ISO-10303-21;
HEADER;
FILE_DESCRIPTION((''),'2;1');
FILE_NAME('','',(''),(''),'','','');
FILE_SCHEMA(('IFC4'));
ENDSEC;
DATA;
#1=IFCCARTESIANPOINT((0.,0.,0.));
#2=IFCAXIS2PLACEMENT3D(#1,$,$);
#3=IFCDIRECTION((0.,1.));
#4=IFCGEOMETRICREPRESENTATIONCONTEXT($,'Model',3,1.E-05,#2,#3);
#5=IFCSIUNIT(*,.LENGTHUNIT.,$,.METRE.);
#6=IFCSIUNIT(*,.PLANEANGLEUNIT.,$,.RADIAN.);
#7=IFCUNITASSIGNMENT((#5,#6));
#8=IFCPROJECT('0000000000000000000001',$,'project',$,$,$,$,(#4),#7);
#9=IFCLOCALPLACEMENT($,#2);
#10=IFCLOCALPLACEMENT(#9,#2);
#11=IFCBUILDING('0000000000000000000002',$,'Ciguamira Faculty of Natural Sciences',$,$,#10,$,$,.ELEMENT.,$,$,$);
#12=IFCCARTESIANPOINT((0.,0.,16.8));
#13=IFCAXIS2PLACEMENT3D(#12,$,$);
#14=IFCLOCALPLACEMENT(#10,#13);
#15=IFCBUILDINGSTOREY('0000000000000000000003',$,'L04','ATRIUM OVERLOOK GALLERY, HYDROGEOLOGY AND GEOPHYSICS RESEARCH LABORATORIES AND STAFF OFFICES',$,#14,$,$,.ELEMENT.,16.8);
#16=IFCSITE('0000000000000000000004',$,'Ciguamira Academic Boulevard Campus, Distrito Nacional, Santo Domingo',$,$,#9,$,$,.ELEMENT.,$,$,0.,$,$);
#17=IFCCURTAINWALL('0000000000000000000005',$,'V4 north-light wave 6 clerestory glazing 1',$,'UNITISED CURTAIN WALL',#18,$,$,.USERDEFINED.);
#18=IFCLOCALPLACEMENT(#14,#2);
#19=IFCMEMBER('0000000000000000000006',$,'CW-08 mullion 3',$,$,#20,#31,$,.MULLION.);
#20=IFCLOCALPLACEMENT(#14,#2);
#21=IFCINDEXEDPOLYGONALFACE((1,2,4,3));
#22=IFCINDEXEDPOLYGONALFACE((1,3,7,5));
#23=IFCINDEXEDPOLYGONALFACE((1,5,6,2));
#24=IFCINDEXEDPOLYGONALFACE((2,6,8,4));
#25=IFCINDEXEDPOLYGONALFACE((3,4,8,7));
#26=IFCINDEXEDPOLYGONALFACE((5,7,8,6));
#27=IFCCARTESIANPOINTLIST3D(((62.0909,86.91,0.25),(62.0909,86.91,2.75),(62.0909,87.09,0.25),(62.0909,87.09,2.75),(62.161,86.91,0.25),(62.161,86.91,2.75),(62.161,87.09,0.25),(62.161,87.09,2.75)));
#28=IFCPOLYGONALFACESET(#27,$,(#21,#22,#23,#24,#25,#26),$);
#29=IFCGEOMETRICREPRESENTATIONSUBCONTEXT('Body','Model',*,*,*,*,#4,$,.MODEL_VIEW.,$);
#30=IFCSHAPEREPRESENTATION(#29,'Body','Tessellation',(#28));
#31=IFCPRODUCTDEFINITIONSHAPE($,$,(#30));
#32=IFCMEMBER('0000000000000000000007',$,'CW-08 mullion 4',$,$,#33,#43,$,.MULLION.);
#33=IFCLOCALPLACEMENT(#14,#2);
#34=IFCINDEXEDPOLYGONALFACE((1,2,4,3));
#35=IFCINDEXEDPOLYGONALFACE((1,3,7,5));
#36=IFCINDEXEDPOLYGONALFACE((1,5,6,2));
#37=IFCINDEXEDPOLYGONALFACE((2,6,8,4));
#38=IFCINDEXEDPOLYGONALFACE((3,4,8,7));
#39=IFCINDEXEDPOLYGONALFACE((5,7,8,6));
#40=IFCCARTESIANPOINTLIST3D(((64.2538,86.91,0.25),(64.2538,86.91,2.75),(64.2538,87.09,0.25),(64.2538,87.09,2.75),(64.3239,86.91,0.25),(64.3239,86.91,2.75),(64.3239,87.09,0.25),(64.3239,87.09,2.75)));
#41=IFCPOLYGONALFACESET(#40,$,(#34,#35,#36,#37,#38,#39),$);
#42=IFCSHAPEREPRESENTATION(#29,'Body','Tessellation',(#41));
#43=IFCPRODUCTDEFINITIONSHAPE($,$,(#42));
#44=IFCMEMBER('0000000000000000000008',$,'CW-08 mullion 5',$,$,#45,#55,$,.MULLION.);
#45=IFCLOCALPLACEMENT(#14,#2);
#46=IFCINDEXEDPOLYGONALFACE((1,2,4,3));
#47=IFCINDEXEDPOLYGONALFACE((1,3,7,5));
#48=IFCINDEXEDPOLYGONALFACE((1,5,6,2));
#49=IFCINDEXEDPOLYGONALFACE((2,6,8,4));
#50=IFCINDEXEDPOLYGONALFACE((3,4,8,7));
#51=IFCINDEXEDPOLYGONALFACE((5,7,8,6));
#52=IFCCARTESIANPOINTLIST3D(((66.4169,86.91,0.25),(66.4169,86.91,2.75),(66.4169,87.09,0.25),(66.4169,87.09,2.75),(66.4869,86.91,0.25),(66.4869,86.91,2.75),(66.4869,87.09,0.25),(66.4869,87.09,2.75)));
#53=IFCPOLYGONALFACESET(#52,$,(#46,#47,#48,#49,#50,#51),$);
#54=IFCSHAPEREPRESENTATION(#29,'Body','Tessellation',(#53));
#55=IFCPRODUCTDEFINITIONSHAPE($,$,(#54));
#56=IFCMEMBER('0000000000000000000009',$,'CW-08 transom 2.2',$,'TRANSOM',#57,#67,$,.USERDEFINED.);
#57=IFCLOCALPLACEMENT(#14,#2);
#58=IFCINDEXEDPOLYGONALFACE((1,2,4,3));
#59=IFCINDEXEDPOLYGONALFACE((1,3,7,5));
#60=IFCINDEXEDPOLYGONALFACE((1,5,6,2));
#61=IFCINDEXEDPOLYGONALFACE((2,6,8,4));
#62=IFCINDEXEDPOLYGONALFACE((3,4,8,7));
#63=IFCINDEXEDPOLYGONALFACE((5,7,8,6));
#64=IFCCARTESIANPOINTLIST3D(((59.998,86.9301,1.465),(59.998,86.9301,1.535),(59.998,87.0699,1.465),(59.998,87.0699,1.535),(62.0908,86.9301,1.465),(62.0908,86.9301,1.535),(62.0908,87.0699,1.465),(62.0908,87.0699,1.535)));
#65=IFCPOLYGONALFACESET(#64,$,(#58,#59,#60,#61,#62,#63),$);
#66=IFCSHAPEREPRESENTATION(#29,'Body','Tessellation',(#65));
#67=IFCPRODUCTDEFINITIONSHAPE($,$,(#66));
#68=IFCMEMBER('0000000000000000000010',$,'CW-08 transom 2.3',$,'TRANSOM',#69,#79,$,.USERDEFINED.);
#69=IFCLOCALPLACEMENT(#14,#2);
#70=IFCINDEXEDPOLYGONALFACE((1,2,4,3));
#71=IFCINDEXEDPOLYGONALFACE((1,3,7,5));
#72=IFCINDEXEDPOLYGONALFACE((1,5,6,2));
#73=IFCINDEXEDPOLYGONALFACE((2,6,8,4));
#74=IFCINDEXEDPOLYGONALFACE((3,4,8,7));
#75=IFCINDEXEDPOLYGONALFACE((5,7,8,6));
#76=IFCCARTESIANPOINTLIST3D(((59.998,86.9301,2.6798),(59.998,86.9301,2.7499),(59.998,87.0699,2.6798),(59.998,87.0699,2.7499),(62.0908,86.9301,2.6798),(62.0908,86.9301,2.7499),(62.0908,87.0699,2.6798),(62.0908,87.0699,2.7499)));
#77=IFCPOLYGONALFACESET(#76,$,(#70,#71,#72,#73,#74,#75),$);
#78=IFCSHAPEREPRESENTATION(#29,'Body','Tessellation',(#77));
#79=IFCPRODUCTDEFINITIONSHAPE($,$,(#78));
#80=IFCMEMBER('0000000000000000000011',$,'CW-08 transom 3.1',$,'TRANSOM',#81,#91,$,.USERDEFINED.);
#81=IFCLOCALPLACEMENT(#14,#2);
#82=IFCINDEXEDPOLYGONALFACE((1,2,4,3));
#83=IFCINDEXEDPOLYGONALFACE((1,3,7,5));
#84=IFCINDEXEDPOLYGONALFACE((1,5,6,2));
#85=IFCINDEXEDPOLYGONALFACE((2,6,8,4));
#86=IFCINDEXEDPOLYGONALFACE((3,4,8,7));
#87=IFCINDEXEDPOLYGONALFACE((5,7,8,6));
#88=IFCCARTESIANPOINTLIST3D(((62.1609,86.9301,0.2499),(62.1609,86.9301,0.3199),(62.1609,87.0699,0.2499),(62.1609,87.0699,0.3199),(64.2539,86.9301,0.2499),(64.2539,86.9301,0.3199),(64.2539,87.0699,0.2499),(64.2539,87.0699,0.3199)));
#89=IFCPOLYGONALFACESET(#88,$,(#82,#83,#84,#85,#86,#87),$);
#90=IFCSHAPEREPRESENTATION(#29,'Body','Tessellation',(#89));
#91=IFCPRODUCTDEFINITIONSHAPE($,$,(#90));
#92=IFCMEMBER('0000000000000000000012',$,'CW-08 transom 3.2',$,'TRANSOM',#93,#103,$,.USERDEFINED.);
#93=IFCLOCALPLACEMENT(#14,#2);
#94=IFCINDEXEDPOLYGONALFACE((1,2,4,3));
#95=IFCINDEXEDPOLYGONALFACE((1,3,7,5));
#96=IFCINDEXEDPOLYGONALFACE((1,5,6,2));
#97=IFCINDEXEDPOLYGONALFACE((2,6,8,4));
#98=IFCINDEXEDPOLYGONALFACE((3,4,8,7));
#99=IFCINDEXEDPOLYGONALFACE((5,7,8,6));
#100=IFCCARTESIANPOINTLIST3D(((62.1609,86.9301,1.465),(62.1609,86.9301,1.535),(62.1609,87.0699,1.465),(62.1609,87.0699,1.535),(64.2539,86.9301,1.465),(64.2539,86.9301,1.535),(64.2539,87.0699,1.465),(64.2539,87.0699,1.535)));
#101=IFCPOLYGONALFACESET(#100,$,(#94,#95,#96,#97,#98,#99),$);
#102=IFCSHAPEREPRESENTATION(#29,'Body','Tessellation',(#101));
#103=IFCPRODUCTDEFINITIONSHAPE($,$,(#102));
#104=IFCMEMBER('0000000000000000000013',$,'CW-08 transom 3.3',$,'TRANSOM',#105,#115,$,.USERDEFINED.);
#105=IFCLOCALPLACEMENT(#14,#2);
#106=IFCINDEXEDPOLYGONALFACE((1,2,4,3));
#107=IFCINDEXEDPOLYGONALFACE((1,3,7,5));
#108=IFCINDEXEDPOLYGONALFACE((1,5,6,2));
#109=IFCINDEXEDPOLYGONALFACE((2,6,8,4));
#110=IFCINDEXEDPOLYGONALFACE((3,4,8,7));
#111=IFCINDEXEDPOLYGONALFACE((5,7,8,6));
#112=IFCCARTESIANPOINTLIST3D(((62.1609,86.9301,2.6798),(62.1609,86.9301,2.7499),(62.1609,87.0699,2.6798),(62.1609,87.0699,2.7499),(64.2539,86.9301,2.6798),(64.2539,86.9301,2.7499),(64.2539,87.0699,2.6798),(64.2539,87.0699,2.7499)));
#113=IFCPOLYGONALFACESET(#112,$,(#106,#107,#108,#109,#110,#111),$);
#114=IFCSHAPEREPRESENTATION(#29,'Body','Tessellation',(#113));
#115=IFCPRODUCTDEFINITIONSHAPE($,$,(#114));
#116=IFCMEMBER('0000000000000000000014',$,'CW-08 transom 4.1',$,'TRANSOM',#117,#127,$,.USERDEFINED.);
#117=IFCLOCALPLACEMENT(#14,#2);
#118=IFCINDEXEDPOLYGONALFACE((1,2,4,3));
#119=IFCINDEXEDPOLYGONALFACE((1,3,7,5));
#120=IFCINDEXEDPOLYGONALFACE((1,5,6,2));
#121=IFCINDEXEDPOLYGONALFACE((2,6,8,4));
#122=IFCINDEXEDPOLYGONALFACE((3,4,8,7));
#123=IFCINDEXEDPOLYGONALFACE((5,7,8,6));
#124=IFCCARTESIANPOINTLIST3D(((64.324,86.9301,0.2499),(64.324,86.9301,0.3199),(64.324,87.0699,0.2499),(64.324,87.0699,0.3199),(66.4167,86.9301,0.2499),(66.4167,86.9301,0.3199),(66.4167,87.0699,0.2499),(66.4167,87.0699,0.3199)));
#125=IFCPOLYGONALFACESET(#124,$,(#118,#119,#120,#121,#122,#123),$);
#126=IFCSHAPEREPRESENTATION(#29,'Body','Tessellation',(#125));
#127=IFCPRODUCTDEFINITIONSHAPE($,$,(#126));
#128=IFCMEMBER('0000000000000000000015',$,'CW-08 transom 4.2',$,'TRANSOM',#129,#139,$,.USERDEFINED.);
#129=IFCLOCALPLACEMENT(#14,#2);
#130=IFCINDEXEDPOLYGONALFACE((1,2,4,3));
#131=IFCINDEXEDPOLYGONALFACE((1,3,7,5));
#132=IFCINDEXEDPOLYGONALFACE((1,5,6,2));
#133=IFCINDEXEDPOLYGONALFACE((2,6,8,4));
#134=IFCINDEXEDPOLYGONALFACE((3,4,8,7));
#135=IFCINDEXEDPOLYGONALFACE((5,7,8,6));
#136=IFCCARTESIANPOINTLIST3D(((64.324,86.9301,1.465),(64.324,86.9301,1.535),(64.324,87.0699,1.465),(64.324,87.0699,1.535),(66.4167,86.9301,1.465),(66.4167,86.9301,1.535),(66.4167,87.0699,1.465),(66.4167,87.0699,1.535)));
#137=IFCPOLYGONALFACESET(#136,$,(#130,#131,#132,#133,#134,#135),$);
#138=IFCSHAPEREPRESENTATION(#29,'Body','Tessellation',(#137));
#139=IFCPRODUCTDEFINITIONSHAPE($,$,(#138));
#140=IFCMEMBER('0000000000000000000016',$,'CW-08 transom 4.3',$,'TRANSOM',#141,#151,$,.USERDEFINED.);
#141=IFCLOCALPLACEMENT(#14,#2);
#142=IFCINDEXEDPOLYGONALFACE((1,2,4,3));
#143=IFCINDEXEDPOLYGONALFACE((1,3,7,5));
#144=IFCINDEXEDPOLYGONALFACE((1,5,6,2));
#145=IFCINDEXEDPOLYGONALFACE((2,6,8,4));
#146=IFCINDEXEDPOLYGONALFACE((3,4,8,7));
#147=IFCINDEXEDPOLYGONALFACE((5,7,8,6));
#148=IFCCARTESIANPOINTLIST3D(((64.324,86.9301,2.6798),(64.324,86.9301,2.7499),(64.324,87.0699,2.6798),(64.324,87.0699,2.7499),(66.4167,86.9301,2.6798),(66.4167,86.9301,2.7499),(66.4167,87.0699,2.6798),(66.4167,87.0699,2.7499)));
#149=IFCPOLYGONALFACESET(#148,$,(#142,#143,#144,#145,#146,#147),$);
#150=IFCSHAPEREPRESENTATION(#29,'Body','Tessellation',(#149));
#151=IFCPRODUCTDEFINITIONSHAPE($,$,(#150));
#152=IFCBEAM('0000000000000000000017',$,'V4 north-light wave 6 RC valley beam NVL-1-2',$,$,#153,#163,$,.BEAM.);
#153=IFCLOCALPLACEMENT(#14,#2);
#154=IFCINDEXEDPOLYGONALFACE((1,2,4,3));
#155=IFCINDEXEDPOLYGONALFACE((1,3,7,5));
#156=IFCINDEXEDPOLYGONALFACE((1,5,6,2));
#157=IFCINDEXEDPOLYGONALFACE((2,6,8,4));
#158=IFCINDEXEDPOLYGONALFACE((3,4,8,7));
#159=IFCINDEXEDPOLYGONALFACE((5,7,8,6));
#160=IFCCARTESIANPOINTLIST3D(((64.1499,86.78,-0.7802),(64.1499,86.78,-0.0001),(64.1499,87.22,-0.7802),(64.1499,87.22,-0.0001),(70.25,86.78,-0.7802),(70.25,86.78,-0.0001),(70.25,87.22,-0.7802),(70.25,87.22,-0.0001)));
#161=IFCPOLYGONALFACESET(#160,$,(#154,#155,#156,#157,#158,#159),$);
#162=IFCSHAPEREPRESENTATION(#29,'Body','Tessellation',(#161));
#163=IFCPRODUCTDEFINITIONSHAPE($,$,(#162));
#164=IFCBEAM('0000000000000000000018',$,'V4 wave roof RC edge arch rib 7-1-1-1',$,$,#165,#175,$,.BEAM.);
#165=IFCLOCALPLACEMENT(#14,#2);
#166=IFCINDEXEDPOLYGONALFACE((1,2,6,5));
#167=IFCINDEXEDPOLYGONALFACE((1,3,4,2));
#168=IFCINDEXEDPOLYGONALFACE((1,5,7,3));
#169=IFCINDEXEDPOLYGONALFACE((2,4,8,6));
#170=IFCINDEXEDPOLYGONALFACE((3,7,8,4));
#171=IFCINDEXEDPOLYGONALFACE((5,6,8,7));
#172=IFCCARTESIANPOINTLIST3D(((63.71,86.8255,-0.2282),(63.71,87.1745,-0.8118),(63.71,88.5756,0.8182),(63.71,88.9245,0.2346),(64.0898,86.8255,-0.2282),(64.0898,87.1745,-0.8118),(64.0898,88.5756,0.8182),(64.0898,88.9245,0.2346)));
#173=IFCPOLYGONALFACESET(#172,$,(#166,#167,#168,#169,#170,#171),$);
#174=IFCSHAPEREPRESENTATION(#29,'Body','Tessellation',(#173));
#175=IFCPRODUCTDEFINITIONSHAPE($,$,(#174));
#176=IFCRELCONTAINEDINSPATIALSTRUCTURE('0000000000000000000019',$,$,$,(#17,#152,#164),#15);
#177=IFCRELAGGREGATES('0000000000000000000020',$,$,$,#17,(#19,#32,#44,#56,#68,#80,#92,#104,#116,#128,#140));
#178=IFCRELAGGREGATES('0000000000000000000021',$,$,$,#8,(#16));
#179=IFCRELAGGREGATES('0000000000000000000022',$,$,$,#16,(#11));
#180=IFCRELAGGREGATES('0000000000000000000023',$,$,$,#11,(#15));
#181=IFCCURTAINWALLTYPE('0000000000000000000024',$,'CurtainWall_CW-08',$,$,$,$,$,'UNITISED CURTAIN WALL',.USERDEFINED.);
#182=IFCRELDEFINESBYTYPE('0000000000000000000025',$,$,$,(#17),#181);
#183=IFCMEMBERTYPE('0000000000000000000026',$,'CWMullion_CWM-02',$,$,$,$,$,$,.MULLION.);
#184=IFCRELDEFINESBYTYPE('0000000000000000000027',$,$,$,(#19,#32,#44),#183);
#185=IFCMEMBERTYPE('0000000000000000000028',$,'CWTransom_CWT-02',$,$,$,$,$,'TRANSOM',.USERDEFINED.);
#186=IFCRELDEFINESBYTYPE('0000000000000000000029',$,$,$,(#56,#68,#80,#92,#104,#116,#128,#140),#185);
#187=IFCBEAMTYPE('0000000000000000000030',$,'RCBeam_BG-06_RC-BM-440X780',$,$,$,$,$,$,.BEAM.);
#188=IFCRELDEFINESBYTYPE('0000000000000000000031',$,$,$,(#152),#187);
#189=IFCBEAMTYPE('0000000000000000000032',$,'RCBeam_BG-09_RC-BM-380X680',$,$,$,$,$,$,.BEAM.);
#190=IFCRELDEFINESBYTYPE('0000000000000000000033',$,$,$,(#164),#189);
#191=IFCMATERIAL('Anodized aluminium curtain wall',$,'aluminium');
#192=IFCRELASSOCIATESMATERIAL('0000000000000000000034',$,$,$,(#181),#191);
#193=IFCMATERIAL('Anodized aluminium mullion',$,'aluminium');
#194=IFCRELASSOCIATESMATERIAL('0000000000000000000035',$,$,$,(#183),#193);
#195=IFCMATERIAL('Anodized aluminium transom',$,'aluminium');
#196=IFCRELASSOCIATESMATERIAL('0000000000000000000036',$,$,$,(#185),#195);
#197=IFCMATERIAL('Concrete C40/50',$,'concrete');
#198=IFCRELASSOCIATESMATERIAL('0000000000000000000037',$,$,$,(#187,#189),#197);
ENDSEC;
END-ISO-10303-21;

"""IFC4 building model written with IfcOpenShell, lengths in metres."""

from ifc_helpers import new_model, si_unit, direction, frame, origin, origin_2d, place, context, subcontext, project, spatial, rectangle, extrude, material, material_profile, profile_set, type_object, element, aggregate, save


model = new_model("IFC4")

# Units and contexts
model_context = context("Model", 3, precision=1e-05, world=origin(), true_north=direction((0.0, 1.0)))
body_context = subcontext(model_context, "Body", "Model", "MODEL_VIEW")
ifc_project = project(units=[si_unit("LENGTHUNIT", "METRE"), si_unit("PLANEANGLEUNIT", "RADIAN")], contexts=[model_context])

# Site, building, storey
site_placement = place(None, origin())
site = spatial("IfcSite", under=ifc_project, at=site_placement, Name="Ciguamira Academic Boulevard Campus, Distrito Nacional, Santo Domingo", CompositionType="ELEMENT", RefElevation=0.0)
building_placement = place(site_placement, origin())
building = spatial("IfcBuilding", under=site, at=building_placement, Name="Ciguamira Faculty of Natural Sciences", CompositionType="ELEMENT")
storey_placement = place(building_placement, frame((0.0, 0.0, 16.8)))
storey = spatial("IfcBuildingStorey", under=building, at=storey_placement, Name="L04", Description="ATRIUM OVERLOOK GALLERY, HYDROGEOLOGY AND GEOPHYSICS RESEARCH LABORATORIES AND STAFF OFFICES", CompositionType="ELEMENT", Elevation=16.8)

# Curtain wall, members
ifc_material_1 = material(Name="Anodized aluminium curtain wall", Category="aluminium")
curtain_wall_type = type_object("IfcCurtainWallType", Name="CurtainWall_CW-08", ElementType="UNITISED CURTAIN WALL", PredefinedType="USERDEFINED", material=ifc_material_1)
curtain_wall_placement = place(storey_placement, origin())
curtain_wall = element("IfcCurtainWall", 1, at=curtain_wall_placement, inside=storey, type_object=curtain_wall_type, Name="V4 north-light wave 6 clerestory glazing 1", ObjectType="UNITISED CURTAIN WALL", PredefinedType="USERDEFINED")
ifc_material_2 = material(Name="Anodized aluminium mullion", Category="aluminium")
ifc_material_profile_1 = material_profile(ifc_material_2, rectangle(XDim=0.0701, YDim=0.1799, at=origin_2d()), Name="ALU-MUL-70X180")
ifc_profile_set_1 = profile_set([ifc_material_profile_1], Name="Anodized aluminium mullion")
member_type_1 = type_object("IfcMemberType", Name="CWMullion_CWM-02", PredefinedType="MULLION", material=ifc_profile_set_1)
member_1_placement = place(storey_placement, frame((62.126, 87.0, 0.25), z_axis=(0.0, 0.0, 1.0), x_axis=(1.0, 0.0, 0.0)))
member_1 = element("IfcMember", 2, at=member_1_placement, type_object=member_type_1, Name="CW-08 mullion 3", PredefinedType="MULLION", context=body_context, shape_type="SweptSolid", body=[
    extrude(rectangle(XDim=0.0701, YDim=0.1799, at=origin_2d()), origin(), (0.0, 0.0, 1.0), 2.5),
])
member_2_placement = place(storey_placement, frame((64.2888, 87.0, 0.25), z_axis=(0.0, 0.0, 1.0), x_axis=(1.0, 0.0, 0.0)))
member_2 = element("IfcMember", 3, at=member_2_placement, type_object=member_type_1, Name="CW-08 mullion 4", PredefinedType="MULLION", context=body_context, shape_type="SweptSolid", body=[
    extrude(rectangle(XDim=0.0701, YDim=0.1799, at=origin_2d()), origin(), (0.0, 0.0, 1.0), 2.5),
])
member_3_placement = place(storey_placement, frame((66.4519, 87.0, 0.25), z_axis=(0.0, 0.0, 1.0), x_axis=(1.0, 0.0, 0.0)))
member_3 = element("IfcMember", 4, at=member_3_placement, type_object=member_type_1, Name="CW-08 mullion 5", PredefinedType="MULLION", context=body_context, shape_type="SweptSolid", body=[
    extrude(rectangle(XDim=0.0701, YDim=0.1799, at=origin_2d()), origin(), (0.0, 0.0, 1.0), 2.5),
])
ifc_material_3 = material(Name="Anodized aluminium transom", Category="aluminium")
ifc_material_profile_2 = material_profile(ifc_material_3, rectangle(XDim=0.0701, YDim=0.1399, at=origin_2d()), Name="ALU-TRN-70X140")
ifc_profile_set_2 = profile_set([ifc_material_profile_2], Name="Anodized aluminium transom")
member_type_2 = type_object("IfcMemberType", Name="CWTransom_CWT-02", ElementType="TRANSOM", PredefinedType="USERDEFINED", material=ifc_profile_set_2)
member_4_placement = place(storey_placement, frame((59.998, 87.0, 1.5), z_axis=(1.0, 0.0, 0.0), x_axis=(0.0, 0.0, 1.0)))
member_4 = element("IfcMember", 5, at=member_4_placement, type_object=member_type_2, Name="CW-08 transom 2.2", ObjectType="TRANSOM", PredefinedType="USERDEFINED", context=body_context, shape_type="SweptSolid", body=[
    extrude(rectangle(XDim=0.0701, YDim=0.1399, at=origin_2d()), origin(), (0.0, 0.0, 1.0), 2.0928),
])
member_5_placement = place(storey_placement, frame((59.998, 87.0, 2.7148), z_axis=(1.0, 0.0, 0.0), x_axis=(0.0, 0.0, 1.0)))
member_5 = element("IfcMember", 6, at=member_5_placement, type_object=member_type_2, Name="CW-08 transom 2.3", ObjectType="TRANSOM", PredefinedType="USERDEFINED", context=body_context, shape_type="SweptSolid", body=[
    extrude(rectangle(XDim=0.0701, YDim=0.1399, at=origin_2d()), origin(), (0.0, 0.0, 1.0), 2.0928),
])
member_6_placement = place(storey_placement, frame((62.1609, 87.0, 0.2849), z_axis=(1.0, 0.0, 0.0), x_axis=(0.0, 0.0, 1.0)))
member_6 = element("IfcMember", 7, at=member_6_placement, type_object=member_type_2, Name="CW-08 transom 3.1", ObjectType="TRANSOM", PredefinedType="USERDEFINED", context=body_context, shape_type="SweptSolid", body=[
    extrude(rectangle(XDim=0.0701, YDim=0.1399, at=origin_2d()), origin(), (0.0, 0.0, 1.0), 2.093),
])
member_7_placement = place(storey_placement, frame((62.1609, 87.0, 1.5), z_axis=(1.0, 0.0, 0.0), x_axis=(0.0, 0.0, 1.0)))
member_7 = element("IfcMember", 8, at=member_7_placement, type_object=member_type_2, Name="CW-08 transom 3.2", ObjectType="TRANSOM", PredefinedType="USERDEFINED", context=body_context, shape_type="SweptSolid", body=[
    extrude(rectangle(XDim=0.0701, YDim=0.1399, at=origin_2d()), origin(), (0.0, 0.0, 1.0), 2.093),
])
member_8_placement = place(storey_placement, frame((62.1609, 87.0, 2.7148), z_axis=(1.0, 0.0, 0.0), x_axis=(0.0, 0.0, 1.0)))
member_8 = element("IfcMember", 9, at=member_8_placement, type_object=member_type_2, Name="CW-08 transom 3.3", ObjectType="TRANSOM", PredefinedType="USERDEFINED", context=body_context, shape_type="SweptSolid", body=[
    extrude(rectangle(XDim=0.0701, YDim=0.1399, at=origin_2d()), origin(), (0.0, 0.0, 1.0), 2.093),
])
member_9_placement = place(storey_placement, frame((64.324, 87.0, 0.2849), z_axis=(1.0, 0.0, 0.0), x_axis=(0.0, 0.0, 1.0)))
member_9 = element("IfcMember", 10, at=member_9_placement, type_object=member_type_2, Name="CW-08 transom 4.1", ObjectType="TRANSOM", PredefinedType="USERDEFINED", context=body_context, shape_type="SweptSolid", body=[
    extrude(rectangle(XDim=0.0701, YDim=0.1399, at=origin_2d()), origin(), (0.0, 0.0, 1.0), 2.0928),
])
member_10_placement = place(storey_placement, frame((64.324, 87.0, 1.5), z_axis=(1.0, 0.0, 0.0), x_axis=(0.0, 0.0, 1.0)))
member_10 = element("IfcMember", 11, at=member_10_placement, type_object=member_type_2, Name="CW-08 transom 4.2", ObjectType="TRANSOM", PredefinedType="USERDEFINED", context=body_context, shape_type="SweptSolid", body=[
    extrude(rectangle(XDim=0.0701, YDim=0.1399, at=origin_2d()), origin(), (0.0, 0.0, 1.0), 2.0928),
])
member_11_placement = place(storey_placement, frame((64.324, 87.0, 2.7148), z_axis=(1.0, 0.0, 0.0), x_axis=(0.0, 0.0, 1.0)))
member_11 = element("IfcMember", 12, at=member_11_placement, type_object=member_type_2, Name="CW-08 transom 4.3", ObjectType="TRANSOM", PredefinedType="USERDEFINED", context=body_context, shape_type="SweptSolid", body=[
    extrude(rectangle(XDim=0.0701, YDim=0.1399, at=origin_2d()), origin(), (0.0, 0.0, 1.0), 2.0928),
])

# Beams
ifc_material_4 = material(Name="Concrete C40/50", Category="concrete")
ifc_material_profile_3 = material_profile(ifc_material_4, rectangle(XDim=0.4399, YDim=0.78, at=origin_2d()), Name="RC-BM-440X780")
ifc_profile_set_3 = profile_set([ifc_material_profile_3], Name="Concrete C40/50")
beam_type_1 = type_object("IfcBeamType", Name="RCBeam_BG-06_RC-BM-440X780", PredefinedType="BEAM", material=ifc_profile_set_3)
beam_1_placement = place(storey_placement, frame((64.1499, 87.0, -0.3901), z_axis=(1.0, 0.0, 0.0), x_axis=(0.0, 1.0, 0.0)))
element("IfcBeam", 13, at=beam_1_placement, inside=storey, type_object=beam_type_1, Name="V4 north-light wave 6 RC valley beam NVL-1-2", PredefinedType="BEAM", context=body_context, shape_type="SweptSolid", body=[
    extrude(rectangle(XDim=0.4399, YDim=0.78, at=origin_2d()), origin(), (0.0, 0.0, 1.0), 6.1001),
])
ifc_material_profile_4 = material_profile(ifc_material_4, rectangle(XDim=0.3799, YDim=0.6799, at=origin_2d()), Name="RC-BM-380X680")
ifc_profile_set_4 = profile_set([ifc_material_profile_4], Name="Concrete C40/50")
beam_type_2 = type_object("IfcBeamType", Name="RCBeam_BG-09_RC-BM-380X680", PredefinedType="BEAM", material=ifc_profile_set_4)
beam_2_placement = place(storey_placement, frame((63.8999, 87.0, -0.52), z_axis=(0.0, 0.858274, 0.513192), x_axis=(-1.0, 0.0, 0.0)))
element("IfcBeam", 14, at=beam_2_placement, inside=storey, type_object=beam_type_2, Name="V4 wave roof RC edge arch rib 7-1-1-1", PredefinedType="BEAM", context=body_context, shape_type="SweptSolid", body=[
    extrude(rectangle(XDim=0.3799, YDim=0.6799, at=origin_2d()), origin(), (0.0, 0.0, 1.0), 2.0391),
])

aggregate(curtain_wall, [member_1, member_2, member_3, member_4, member_5, member_6, member_7, member_8, member_9, member_10, member_11])

save(model, "model.ifc")
